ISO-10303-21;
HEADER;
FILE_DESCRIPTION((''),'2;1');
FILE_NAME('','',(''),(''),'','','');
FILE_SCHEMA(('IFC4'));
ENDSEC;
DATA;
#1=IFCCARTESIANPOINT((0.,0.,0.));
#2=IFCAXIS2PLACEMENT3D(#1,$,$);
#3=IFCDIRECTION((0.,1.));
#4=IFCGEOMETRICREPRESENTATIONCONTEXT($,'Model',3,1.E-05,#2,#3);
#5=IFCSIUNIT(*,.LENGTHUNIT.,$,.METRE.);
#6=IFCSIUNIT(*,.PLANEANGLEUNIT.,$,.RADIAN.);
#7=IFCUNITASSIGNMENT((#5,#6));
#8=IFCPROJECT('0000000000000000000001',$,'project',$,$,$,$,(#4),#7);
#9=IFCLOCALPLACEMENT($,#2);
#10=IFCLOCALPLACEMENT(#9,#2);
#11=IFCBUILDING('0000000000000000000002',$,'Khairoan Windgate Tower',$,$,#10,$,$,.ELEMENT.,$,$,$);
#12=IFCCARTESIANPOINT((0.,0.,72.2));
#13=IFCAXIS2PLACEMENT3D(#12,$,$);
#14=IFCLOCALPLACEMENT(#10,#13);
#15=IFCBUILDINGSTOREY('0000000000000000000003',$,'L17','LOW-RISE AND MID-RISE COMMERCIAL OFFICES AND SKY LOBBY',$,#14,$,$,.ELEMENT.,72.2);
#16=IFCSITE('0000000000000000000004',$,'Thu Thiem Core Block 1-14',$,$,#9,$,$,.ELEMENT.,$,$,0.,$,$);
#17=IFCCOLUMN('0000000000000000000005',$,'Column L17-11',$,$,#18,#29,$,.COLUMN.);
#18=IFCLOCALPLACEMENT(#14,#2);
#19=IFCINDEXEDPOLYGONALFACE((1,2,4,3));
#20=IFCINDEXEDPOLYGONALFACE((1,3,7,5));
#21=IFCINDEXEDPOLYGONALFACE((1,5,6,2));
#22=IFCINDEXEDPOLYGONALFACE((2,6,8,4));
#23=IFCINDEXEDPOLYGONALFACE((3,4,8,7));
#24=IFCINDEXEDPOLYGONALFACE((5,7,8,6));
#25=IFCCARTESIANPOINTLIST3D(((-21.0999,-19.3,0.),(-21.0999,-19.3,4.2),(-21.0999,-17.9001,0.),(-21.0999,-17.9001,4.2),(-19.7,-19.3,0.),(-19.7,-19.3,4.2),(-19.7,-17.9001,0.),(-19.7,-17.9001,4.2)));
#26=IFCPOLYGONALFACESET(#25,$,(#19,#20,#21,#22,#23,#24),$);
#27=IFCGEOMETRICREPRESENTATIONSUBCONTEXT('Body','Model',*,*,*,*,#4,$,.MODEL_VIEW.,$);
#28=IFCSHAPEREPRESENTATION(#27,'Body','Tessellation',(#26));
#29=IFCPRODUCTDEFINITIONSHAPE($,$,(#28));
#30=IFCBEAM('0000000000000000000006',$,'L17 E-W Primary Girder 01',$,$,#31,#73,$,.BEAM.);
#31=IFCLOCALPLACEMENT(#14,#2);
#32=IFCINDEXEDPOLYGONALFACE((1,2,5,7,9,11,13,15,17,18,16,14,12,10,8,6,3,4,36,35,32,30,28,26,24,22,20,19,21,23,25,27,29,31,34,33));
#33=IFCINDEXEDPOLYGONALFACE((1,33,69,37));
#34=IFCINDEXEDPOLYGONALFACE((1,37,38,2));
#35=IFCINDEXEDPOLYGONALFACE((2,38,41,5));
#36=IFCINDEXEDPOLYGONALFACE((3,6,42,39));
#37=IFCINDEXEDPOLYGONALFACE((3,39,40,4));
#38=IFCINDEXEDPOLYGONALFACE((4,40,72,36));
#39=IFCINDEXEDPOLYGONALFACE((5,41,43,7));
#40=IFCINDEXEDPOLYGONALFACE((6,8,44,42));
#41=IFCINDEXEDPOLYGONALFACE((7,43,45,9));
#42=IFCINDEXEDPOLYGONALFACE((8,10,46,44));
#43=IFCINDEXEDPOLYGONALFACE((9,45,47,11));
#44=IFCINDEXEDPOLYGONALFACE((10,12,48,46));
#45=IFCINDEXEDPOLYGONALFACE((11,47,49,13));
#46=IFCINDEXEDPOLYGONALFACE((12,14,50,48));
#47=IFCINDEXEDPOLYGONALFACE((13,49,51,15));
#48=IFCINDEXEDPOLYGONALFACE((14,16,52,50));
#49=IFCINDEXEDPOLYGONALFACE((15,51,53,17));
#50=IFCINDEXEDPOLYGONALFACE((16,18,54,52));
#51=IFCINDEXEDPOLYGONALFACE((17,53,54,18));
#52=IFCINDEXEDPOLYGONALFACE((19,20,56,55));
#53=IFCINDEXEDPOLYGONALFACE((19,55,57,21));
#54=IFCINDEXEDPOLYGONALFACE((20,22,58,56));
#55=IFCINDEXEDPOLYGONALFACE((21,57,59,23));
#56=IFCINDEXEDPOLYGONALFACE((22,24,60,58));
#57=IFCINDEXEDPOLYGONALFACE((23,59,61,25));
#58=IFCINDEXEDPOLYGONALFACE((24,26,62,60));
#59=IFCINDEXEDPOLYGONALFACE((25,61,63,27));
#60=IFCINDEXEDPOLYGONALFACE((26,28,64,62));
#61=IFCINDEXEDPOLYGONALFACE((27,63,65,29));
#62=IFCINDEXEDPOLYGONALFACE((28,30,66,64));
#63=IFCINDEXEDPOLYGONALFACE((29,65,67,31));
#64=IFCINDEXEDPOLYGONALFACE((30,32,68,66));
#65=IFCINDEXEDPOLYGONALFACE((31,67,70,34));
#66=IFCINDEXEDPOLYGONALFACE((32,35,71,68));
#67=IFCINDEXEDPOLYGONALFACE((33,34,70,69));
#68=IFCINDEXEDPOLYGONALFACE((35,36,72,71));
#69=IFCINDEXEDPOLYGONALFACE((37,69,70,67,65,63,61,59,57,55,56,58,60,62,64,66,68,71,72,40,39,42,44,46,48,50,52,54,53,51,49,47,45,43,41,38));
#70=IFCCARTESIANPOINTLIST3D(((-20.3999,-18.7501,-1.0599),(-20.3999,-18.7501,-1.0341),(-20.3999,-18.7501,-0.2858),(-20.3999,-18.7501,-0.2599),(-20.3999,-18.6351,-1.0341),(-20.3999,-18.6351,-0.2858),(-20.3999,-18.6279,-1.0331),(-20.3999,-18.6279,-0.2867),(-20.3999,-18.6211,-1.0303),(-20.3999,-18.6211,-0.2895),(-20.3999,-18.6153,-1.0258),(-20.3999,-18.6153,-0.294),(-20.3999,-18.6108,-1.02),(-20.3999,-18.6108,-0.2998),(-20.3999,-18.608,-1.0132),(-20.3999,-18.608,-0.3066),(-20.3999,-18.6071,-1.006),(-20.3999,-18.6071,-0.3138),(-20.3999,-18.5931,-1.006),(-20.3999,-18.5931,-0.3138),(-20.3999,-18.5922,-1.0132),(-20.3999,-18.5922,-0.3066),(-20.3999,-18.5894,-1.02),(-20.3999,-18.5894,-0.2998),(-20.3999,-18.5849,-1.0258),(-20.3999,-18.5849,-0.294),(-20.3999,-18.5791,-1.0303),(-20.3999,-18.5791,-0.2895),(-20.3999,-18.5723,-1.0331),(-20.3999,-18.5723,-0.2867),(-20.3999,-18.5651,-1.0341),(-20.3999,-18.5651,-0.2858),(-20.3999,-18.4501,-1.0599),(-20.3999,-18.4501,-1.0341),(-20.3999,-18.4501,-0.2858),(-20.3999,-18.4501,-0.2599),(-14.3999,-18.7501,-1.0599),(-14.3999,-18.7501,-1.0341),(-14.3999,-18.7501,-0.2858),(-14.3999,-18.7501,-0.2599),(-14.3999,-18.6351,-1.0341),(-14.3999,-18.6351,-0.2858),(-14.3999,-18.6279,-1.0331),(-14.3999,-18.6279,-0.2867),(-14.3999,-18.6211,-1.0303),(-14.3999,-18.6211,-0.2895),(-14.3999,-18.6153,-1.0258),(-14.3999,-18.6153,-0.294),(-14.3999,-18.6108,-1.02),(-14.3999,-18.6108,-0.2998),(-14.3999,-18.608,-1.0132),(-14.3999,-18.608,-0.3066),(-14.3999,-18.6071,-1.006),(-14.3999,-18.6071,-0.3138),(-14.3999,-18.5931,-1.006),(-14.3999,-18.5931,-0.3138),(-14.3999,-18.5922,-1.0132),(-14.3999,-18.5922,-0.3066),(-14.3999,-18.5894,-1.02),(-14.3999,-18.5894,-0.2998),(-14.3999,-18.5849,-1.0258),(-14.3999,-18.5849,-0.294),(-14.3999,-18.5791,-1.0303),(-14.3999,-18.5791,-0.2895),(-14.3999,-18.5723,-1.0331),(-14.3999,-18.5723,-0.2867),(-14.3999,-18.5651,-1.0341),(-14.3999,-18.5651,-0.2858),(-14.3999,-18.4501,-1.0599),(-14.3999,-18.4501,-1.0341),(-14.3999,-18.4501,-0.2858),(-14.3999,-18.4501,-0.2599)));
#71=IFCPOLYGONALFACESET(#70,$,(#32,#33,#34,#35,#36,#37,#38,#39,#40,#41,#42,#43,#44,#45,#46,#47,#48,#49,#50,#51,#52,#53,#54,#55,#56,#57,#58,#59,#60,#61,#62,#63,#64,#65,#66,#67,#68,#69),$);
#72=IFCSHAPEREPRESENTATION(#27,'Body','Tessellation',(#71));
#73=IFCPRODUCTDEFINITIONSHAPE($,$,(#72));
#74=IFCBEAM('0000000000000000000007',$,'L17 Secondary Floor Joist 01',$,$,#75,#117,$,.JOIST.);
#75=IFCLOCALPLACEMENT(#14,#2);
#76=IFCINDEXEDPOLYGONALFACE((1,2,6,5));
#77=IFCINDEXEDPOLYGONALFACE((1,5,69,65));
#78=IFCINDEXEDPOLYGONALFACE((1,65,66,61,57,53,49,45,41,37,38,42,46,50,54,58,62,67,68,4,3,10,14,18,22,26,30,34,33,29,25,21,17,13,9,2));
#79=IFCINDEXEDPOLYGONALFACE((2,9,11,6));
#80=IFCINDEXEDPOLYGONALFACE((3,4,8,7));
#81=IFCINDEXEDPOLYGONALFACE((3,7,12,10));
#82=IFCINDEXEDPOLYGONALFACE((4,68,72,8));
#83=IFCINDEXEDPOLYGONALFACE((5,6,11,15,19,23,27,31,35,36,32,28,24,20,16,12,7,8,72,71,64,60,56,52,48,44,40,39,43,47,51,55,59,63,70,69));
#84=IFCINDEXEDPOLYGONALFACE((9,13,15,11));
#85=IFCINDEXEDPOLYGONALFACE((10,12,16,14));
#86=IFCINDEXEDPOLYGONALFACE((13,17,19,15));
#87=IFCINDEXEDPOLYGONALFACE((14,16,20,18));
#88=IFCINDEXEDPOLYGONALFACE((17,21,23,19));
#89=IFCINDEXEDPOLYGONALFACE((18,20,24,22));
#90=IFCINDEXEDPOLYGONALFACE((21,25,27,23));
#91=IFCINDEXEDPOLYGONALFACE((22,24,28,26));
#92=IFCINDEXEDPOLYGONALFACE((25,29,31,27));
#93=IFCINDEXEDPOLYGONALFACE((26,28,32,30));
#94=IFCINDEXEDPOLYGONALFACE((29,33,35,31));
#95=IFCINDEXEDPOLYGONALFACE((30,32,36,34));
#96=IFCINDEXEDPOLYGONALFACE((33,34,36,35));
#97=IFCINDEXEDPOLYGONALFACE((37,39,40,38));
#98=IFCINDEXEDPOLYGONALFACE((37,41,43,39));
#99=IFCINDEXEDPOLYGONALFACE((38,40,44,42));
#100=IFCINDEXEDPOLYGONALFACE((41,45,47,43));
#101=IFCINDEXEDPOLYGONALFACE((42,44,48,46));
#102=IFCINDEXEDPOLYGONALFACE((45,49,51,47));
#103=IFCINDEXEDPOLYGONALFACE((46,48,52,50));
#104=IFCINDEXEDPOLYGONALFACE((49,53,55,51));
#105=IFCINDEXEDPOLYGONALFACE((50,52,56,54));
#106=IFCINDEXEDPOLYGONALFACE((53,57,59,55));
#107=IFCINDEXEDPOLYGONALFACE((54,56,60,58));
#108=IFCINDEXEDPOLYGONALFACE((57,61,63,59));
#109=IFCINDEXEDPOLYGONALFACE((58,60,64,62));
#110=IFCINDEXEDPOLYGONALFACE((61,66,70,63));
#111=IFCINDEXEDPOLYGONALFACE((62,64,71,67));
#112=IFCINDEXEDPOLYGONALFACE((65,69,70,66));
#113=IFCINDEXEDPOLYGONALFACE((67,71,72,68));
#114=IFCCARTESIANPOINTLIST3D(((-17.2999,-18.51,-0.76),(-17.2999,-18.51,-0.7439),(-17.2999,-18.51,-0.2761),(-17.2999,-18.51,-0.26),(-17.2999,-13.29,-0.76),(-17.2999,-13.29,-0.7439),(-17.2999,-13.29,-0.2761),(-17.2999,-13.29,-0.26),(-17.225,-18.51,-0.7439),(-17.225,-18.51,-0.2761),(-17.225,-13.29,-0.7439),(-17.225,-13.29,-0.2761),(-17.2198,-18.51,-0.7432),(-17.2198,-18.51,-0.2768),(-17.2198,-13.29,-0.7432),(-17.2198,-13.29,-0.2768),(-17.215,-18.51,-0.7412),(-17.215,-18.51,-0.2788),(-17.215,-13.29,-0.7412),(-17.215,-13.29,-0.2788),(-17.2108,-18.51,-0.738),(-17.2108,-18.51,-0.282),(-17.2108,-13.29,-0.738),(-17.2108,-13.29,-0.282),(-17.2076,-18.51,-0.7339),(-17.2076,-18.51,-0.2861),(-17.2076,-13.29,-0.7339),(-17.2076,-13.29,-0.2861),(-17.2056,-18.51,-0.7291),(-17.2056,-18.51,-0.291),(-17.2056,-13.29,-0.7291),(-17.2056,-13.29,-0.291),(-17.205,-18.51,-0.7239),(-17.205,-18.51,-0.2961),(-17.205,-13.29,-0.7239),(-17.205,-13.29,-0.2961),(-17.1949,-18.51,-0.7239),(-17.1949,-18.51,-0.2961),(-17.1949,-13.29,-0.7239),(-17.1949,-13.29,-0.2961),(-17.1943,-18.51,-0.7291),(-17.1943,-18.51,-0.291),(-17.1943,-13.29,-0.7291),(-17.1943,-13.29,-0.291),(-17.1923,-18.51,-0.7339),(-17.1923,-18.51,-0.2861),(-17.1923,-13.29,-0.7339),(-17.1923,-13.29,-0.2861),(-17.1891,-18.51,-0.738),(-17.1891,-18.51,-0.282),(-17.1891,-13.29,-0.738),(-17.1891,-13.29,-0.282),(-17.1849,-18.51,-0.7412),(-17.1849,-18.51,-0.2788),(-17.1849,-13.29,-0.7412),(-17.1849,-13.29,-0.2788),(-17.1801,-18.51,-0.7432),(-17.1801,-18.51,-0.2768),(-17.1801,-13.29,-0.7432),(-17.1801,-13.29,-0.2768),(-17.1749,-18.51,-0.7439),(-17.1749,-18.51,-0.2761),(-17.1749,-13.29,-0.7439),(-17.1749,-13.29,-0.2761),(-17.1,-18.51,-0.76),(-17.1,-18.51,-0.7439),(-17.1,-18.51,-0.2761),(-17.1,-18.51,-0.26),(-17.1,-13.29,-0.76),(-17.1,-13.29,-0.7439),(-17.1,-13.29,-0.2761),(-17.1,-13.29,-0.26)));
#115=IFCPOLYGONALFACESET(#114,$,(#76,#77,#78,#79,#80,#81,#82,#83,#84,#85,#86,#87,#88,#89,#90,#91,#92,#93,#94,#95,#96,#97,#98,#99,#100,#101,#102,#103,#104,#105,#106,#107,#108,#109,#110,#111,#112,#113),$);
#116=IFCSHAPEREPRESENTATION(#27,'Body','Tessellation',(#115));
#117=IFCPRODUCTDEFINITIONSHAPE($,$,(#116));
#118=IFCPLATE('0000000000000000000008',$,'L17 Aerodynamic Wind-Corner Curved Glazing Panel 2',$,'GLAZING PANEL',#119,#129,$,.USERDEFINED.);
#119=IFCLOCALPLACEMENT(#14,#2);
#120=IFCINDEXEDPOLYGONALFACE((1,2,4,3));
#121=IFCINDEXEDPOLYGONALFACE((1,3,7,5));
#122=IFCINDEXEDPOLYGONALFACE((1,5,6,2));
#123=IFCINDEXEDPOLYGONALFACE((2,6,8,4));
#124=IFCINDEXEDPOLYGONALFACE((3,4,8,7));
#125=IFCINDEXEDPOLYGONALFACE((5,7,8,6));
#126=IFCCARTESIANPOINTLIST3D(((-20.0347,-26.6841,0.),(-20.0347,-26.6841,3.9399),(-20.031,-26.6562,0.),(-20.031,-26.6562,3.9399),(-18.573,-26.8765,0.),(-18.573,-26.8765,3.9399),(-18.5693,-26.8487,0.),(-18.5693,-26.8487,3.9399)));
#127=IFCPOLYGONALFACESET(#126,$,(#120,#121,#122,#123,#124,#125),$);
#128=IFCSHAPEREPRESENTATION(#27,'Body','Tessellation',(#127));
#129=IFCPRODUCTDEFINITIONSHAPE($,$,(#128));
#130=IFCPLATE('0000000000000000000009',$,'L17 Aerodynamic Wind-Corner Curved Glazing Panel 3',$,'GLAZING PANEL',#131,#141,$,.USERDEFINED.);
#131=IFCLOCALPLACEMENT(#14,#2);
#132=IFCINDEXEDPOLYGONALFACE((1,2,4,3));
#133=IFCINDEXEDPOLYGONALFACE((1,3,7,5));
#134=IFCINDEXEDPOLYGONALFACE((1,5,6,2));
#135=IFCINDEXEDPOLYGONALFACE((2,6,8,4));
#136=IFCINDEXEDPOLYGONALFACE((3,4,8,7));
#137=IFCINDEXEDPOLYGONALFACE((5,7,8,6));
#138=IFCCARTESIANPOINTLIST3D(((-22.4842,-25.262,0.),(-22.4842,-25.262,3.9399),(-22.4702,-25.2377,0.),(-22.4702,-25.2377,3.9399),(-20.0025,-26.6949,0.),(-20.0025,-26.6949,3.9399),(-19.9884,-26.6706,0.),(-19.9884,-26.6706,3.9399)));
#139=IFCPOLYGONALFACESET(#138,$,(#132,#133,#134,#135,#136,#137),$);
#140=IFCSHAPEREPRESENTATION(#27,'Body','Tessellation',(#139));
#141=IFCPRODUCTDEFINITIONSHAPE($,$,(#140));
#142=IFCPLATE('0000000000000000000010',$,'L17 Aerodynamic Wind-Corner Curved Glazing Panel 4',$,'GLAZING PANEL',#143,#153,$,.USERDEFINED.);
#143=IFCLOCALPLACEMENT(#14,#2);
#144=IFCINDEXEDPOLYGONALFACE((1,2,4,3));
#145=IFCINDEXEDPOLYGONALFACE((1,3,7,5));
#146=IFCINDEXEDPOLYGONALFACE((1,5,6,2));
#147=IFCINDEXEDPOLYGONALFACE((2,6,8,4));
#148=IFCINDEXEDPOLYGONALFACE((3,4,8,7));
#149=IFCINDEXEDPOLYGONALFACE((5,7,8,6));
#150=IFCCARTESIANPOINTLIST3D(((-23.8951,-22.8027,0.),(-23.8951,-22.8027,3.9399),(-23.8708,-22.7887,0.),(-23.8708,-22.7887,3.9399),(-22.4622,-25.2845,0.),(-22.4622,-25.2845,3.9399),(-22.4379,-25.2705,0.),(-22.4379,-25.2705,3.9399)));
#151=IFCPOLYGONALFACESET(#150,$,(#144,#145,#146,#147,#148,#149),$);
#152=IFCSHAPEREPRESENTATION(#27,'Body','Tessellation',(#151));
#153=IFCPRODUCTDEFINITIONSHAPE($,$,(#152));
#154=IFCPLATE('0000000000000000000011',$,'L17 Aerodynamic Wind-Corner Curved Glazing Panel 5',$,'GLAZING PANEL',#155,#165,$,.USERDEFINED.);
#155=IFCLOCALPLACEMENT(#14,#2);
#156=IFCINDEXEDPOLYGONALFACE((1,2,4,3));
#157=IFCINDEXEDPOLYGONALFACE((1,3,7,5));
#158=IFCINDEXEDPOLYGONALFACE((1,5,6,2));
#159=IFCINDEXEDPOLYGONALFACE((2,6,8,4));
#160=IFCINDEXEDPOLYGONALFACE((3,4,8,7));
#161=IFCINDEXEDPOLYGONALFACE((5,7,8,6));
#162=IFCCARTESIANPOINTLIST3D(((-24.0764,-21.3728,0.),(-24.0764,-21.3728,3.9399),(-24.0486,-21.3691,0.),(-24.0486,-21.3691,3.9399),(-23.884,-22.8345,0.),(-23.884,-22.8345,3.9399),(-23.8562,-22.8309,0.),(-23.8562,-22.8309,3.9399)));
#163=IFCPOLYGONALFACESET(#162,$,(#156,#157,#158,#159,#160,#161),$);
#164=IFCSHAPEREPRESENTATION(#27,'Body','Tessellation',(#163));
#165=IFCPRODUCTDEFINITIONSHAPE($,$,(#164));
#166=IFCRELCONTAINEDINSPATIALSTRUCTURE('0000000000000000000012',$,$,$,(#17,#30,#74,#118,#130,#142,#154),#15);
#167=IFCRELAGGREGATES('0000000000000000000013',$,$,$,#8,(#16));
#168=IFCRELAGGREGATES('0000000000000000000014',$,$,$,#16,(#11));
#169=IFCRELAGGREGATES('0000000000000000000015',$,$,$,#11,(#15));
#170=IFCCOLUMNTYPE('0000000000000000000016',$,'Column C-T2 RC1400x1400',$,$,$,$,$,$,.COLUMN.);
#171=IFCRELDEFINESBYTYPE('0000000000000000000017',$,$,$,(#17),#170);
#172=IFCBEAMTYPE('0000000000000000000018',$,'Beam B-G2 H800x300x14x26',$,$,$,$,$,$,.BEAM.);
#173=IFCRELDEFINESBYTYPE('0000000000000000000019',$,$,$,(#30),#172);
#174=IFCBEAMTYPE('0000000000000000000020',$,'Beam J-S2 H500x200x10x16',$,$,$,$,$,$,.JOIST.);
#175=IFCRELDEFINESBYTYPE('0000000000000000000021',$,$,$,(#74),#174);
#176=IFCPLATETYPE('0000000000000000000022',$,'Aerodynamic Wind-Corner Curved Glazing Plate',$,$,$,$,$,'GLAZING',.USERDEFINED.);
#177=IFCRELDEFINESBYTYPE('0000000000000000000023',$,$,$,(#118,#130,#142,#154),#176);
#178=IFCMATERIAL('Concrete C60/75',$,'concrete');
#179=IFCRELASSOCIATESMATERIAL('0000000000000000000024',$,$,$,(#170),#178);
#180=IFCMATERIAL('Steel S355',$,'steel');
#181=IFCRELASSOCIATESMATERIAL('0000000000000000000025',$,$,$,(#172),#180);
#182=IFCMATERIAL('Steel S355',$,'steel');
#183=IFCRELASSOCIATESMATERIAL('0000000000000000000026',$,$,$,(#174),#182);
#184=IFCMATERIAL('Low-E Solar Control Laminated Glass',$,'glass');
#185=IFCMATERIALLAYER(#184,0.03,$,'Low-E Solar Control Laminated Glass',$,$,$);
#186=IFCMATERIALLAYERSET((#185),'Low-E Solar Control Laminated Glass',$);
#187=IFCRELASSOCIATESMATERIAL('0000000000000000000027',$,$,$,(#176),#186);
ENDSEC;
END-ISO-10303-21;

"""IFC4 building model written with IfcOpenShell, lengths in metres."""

from ifc_helpers import new_model, si_unit, direction, frame, origin, origin_2d, place, context, subcontext, project, spatial, rectangle, i_section, extrude, material, layer, layer_set, material_profile, profile_set, type_object, element, save


model = new_model("IFC4")

# Units and contexts
model_context = context("Model", 3, precision=1e-05, world=origin(), true_north=direction((0.0, 1.0)))
body_context = subcontext(model_context, "Body", "Model", "MODEL_VIEW")
ifc_project = project(units=[si_unit("LENGTHUNIT", "METRE"), si_unit("PLANEANGLEUNIT", "RADIAN")], contexts=[model_context])

# Site, building, storey
site_placement = place(None, origin())
site = spatial("IfcSite", under=ifc_project, at=site_placement, Name="Thu Thiem Core Block 1-14", CompositionType="ELEMENT", RefElevation=0.0)
building_placement = place(site_placement, origin())
building = spatial("IfcBuilding", under=site, at=building_placement, Name="Khairoan Windgate Tower", CompositionType="ELEMENT")
storey_placement = place(building_placement, frame((0.0, 0.0, 72.2)))
storey = spatial("IfcBuildingStorey", under=building, at=storey_placement, Name="L17", Description="LOW-RISE AND MID-RISE COMMERCIAL OFFICES AND SKY LOBBY", CompositionType="ELEMENT", Elevation=72.2)

# Column
ifc_material_1 = material(Name="Concrete C60/75", Category="concrete")
ifc_material_profile_1 = material_profile(ifc_material_1, rectangle(XDim=1.3999, YDim=1.3999, at=origin_2d()))
ifc_profile_set_1 = profile_set([ifc_material_profile_1], Name="Concrete C60/75")
column_type = type_object("IfcColumnType", Name="Column C-T2 RC1400x1400", PredefinedType="COLUMN", material=ifc_profile_set_1)
column_placement = place(storey_placement, frame((-20.3999, -18.6001, 0.0), z_axis=(0.0, 0.0, 1.0), x_axis=(1.0, 0.0, 0.0)))
element("IfcColumn", 1, at=column_placement, inside=storey, type_object=column_type, Name="Column L17-11", PredefinedType="COLUMN", context=body_context, shape_type="SweptSolid", body=[
    extrude(rectangle(XDim=1.3999, YDim=1.3999, at=origin_2d()), origin(), (0.0, 0.0, 1.0), 4.2),
])

# Beams
ifc_material_2 = material(Name="Steel S355", Category="steel")
ifc_material_profile_2 = material_profile(ifc_material_2, i_section(OverallWidth=0.3, OverallDepth=0.8, WebThickness=0.0139, FlangeThickness=0.0259, FilletRadius=0.0281, at=origin_2d()))
ifc_profile_set_2 = profile_set([ifc_material_profile_2], Name="Steel S355")
beam_type_1 = type_object("IfcBeamType", Name="Beam B-G2 H800x300x14x26", PredefinedType="BEAM", material=ifc_profile_set_2)
beam_1_placement = place(storey_placement, frame((-20.3999, -18.6001, -0.6599), z_axis=(1.0, 0.0, 0.0), x_axis=(0.0, 1.0, 0.0)))
element("IfcBeam", 2, at=beam_1_placement, inside=storey, type_object=beam_type_1, Name="L17 E-W Primary Girder 01", PredefinedType="BEAM", context=body_context, shape_type="SweptSolid", body=[
    extrude(i_section(OverallWidth=0.3, OverallDepth=0.8, WebThickness=0.0139, FlangeThickness=0.0259, FilletRadius=0.0281, at=origin_2d()), origin(), (0.0, 0.0, 1.0), 6.0),
])
ifc_material_3 = material(Name="Steel S355", Category="steel")
ifc_material_profile_3 = material_profile(ifc_material_3, i_section(OverallWidth=0.2, OverallDepth=0.5, WebThickness=0.01, FlangeThickness=0.0161, FilletRadius=0.02, at=origin_2d()))
ifc_profile_set_3 = profile_set([ifc_material_profile_3], Name="Steel S355")
beam_type_2 = type_object("IfcBeamType", Name="Beam J-S2 H500x200x10x16", PredefinedType="JOIST", material=ifc_profile_set_3)
beam_2_placement = place(storey_placement, frame((-17.2, -18.51, -0.51), z_axis=(0.0, 1.0, 0.0), x_axis=(-1.0, 0.0, 0.0)))
element("IfcBeam", 3, at=beam_2_placement, inside=storey, type_object=beam_type_2, Name="L17 Secondary Floor Joist 01", PredefinedType="JOIST", context=body_context, shape_type="SweptSolid", body=[
    extrude(i_section(OverallWidth=0.2, OverallDepth=0.5, WebThickness=0.01, FlangeThickness=0.0161, FilletRadius=0.02, at=origin_2d()), origin(), (0.0, 0.0, 1.0), 5.22),
])

# Plates
ifc_material_4 = material(Name="Low-E Solar Control Laminated Glass", Category="glass")
ifc_layer_1 = layer(ifc_material_4, 0.03, Name="Low-E Solar Control Laminated Glass")
ifc_layer_set_1 = layer_set([ifc_layer_1], Name="Low-E Solar Control Laminated Glass")
plate_type_1 = type_object("IfcPlateType", Name="Aerodynamic Wind-Corner Curved Glazing Plate", ElementType="GLAZING", PredefinedType="USERDEFINED", material=ifc_layer_set_1)
plate_1_placement = place(storey_placement, frame((-19.302, -26.7664, 0.0), z_axis=(0.0, 0.0, 1.0), x_axis=(-0.991445, 0.130526, 0.0)))
element("IfcPlate", 4, at=plate_1_placement, inside=storey, type_object=plate_type_1, Name="L17 Aerodynamic Wind-Corner Curved Glazing Panel 2", ObjectType="GLAZING PANEL", PredefinedType="USERDEFINED", context=body_context, shape_type="SweptSolid", body=[
    extrude(rectangle(XDim=1.4744, YDim=0.0281, at=origin_2d()), origin(), (0.0, 0.0, 1.0), 3.9399),
])
for number, where, z_axis, x_axis, name in (
    (5, (-21.2363, -25.9663, 0.0), (0.0, 0.0, 1.0), (-0.866025, 0.5, 0.0), "L17 Aerodynamic Wind-Corner Curved Glazing Panel 3"),
    (6, (-23.1665, -24.0366, 0.0), (0.0, 0.0, 1.0), (-0.5, 0.866025, 0.0), "L17 Aerodynamic Wind-Corner Curved Glazing Panel 4"),
):
    element("IfcPlate", number, at=place(storey_placement, frame(where, z_axis=z_axis, x_axis=x_axis)), inside=storey, type_object=plate_type_1, Name=name, ObjectType="GLAZING PANEL", PredefinedType="USERDEFINED", context=body_context, shape_type="SweptSolid", body=[
        extrude(rectangle(XDim=2.8657, YDim=0.0281, at=origin_2d()), origin(), (0.0, 0.0, 1.0), 3.9399),
    ])
plate_2_placement = place(storey_placement, frame((-23.9663, -22.1018, 0.0), z_axis=(0.0, 0.0, 1.0), x_axis=(-0.130526, 0.991445, 0.0)))
element("IfcPlate", 7, at=plate_2_placement, inside=storey, type_object=plate_type_1, Name="L17 Aerodynamic Wind-Corner Curved Glazing Panel 5", ObjectType="GLAZING PANEL", PredefinedType="USERDEFINED", context=body_context, shape_type="SweptSolid", body=[
    extrude(rectangle(XDim=1.4744, YDim=0.0281, at=origin_2d()), origin(), (0.0, 0.0, 1.0), 3.9399),
])

save(model, "model.ifc")
